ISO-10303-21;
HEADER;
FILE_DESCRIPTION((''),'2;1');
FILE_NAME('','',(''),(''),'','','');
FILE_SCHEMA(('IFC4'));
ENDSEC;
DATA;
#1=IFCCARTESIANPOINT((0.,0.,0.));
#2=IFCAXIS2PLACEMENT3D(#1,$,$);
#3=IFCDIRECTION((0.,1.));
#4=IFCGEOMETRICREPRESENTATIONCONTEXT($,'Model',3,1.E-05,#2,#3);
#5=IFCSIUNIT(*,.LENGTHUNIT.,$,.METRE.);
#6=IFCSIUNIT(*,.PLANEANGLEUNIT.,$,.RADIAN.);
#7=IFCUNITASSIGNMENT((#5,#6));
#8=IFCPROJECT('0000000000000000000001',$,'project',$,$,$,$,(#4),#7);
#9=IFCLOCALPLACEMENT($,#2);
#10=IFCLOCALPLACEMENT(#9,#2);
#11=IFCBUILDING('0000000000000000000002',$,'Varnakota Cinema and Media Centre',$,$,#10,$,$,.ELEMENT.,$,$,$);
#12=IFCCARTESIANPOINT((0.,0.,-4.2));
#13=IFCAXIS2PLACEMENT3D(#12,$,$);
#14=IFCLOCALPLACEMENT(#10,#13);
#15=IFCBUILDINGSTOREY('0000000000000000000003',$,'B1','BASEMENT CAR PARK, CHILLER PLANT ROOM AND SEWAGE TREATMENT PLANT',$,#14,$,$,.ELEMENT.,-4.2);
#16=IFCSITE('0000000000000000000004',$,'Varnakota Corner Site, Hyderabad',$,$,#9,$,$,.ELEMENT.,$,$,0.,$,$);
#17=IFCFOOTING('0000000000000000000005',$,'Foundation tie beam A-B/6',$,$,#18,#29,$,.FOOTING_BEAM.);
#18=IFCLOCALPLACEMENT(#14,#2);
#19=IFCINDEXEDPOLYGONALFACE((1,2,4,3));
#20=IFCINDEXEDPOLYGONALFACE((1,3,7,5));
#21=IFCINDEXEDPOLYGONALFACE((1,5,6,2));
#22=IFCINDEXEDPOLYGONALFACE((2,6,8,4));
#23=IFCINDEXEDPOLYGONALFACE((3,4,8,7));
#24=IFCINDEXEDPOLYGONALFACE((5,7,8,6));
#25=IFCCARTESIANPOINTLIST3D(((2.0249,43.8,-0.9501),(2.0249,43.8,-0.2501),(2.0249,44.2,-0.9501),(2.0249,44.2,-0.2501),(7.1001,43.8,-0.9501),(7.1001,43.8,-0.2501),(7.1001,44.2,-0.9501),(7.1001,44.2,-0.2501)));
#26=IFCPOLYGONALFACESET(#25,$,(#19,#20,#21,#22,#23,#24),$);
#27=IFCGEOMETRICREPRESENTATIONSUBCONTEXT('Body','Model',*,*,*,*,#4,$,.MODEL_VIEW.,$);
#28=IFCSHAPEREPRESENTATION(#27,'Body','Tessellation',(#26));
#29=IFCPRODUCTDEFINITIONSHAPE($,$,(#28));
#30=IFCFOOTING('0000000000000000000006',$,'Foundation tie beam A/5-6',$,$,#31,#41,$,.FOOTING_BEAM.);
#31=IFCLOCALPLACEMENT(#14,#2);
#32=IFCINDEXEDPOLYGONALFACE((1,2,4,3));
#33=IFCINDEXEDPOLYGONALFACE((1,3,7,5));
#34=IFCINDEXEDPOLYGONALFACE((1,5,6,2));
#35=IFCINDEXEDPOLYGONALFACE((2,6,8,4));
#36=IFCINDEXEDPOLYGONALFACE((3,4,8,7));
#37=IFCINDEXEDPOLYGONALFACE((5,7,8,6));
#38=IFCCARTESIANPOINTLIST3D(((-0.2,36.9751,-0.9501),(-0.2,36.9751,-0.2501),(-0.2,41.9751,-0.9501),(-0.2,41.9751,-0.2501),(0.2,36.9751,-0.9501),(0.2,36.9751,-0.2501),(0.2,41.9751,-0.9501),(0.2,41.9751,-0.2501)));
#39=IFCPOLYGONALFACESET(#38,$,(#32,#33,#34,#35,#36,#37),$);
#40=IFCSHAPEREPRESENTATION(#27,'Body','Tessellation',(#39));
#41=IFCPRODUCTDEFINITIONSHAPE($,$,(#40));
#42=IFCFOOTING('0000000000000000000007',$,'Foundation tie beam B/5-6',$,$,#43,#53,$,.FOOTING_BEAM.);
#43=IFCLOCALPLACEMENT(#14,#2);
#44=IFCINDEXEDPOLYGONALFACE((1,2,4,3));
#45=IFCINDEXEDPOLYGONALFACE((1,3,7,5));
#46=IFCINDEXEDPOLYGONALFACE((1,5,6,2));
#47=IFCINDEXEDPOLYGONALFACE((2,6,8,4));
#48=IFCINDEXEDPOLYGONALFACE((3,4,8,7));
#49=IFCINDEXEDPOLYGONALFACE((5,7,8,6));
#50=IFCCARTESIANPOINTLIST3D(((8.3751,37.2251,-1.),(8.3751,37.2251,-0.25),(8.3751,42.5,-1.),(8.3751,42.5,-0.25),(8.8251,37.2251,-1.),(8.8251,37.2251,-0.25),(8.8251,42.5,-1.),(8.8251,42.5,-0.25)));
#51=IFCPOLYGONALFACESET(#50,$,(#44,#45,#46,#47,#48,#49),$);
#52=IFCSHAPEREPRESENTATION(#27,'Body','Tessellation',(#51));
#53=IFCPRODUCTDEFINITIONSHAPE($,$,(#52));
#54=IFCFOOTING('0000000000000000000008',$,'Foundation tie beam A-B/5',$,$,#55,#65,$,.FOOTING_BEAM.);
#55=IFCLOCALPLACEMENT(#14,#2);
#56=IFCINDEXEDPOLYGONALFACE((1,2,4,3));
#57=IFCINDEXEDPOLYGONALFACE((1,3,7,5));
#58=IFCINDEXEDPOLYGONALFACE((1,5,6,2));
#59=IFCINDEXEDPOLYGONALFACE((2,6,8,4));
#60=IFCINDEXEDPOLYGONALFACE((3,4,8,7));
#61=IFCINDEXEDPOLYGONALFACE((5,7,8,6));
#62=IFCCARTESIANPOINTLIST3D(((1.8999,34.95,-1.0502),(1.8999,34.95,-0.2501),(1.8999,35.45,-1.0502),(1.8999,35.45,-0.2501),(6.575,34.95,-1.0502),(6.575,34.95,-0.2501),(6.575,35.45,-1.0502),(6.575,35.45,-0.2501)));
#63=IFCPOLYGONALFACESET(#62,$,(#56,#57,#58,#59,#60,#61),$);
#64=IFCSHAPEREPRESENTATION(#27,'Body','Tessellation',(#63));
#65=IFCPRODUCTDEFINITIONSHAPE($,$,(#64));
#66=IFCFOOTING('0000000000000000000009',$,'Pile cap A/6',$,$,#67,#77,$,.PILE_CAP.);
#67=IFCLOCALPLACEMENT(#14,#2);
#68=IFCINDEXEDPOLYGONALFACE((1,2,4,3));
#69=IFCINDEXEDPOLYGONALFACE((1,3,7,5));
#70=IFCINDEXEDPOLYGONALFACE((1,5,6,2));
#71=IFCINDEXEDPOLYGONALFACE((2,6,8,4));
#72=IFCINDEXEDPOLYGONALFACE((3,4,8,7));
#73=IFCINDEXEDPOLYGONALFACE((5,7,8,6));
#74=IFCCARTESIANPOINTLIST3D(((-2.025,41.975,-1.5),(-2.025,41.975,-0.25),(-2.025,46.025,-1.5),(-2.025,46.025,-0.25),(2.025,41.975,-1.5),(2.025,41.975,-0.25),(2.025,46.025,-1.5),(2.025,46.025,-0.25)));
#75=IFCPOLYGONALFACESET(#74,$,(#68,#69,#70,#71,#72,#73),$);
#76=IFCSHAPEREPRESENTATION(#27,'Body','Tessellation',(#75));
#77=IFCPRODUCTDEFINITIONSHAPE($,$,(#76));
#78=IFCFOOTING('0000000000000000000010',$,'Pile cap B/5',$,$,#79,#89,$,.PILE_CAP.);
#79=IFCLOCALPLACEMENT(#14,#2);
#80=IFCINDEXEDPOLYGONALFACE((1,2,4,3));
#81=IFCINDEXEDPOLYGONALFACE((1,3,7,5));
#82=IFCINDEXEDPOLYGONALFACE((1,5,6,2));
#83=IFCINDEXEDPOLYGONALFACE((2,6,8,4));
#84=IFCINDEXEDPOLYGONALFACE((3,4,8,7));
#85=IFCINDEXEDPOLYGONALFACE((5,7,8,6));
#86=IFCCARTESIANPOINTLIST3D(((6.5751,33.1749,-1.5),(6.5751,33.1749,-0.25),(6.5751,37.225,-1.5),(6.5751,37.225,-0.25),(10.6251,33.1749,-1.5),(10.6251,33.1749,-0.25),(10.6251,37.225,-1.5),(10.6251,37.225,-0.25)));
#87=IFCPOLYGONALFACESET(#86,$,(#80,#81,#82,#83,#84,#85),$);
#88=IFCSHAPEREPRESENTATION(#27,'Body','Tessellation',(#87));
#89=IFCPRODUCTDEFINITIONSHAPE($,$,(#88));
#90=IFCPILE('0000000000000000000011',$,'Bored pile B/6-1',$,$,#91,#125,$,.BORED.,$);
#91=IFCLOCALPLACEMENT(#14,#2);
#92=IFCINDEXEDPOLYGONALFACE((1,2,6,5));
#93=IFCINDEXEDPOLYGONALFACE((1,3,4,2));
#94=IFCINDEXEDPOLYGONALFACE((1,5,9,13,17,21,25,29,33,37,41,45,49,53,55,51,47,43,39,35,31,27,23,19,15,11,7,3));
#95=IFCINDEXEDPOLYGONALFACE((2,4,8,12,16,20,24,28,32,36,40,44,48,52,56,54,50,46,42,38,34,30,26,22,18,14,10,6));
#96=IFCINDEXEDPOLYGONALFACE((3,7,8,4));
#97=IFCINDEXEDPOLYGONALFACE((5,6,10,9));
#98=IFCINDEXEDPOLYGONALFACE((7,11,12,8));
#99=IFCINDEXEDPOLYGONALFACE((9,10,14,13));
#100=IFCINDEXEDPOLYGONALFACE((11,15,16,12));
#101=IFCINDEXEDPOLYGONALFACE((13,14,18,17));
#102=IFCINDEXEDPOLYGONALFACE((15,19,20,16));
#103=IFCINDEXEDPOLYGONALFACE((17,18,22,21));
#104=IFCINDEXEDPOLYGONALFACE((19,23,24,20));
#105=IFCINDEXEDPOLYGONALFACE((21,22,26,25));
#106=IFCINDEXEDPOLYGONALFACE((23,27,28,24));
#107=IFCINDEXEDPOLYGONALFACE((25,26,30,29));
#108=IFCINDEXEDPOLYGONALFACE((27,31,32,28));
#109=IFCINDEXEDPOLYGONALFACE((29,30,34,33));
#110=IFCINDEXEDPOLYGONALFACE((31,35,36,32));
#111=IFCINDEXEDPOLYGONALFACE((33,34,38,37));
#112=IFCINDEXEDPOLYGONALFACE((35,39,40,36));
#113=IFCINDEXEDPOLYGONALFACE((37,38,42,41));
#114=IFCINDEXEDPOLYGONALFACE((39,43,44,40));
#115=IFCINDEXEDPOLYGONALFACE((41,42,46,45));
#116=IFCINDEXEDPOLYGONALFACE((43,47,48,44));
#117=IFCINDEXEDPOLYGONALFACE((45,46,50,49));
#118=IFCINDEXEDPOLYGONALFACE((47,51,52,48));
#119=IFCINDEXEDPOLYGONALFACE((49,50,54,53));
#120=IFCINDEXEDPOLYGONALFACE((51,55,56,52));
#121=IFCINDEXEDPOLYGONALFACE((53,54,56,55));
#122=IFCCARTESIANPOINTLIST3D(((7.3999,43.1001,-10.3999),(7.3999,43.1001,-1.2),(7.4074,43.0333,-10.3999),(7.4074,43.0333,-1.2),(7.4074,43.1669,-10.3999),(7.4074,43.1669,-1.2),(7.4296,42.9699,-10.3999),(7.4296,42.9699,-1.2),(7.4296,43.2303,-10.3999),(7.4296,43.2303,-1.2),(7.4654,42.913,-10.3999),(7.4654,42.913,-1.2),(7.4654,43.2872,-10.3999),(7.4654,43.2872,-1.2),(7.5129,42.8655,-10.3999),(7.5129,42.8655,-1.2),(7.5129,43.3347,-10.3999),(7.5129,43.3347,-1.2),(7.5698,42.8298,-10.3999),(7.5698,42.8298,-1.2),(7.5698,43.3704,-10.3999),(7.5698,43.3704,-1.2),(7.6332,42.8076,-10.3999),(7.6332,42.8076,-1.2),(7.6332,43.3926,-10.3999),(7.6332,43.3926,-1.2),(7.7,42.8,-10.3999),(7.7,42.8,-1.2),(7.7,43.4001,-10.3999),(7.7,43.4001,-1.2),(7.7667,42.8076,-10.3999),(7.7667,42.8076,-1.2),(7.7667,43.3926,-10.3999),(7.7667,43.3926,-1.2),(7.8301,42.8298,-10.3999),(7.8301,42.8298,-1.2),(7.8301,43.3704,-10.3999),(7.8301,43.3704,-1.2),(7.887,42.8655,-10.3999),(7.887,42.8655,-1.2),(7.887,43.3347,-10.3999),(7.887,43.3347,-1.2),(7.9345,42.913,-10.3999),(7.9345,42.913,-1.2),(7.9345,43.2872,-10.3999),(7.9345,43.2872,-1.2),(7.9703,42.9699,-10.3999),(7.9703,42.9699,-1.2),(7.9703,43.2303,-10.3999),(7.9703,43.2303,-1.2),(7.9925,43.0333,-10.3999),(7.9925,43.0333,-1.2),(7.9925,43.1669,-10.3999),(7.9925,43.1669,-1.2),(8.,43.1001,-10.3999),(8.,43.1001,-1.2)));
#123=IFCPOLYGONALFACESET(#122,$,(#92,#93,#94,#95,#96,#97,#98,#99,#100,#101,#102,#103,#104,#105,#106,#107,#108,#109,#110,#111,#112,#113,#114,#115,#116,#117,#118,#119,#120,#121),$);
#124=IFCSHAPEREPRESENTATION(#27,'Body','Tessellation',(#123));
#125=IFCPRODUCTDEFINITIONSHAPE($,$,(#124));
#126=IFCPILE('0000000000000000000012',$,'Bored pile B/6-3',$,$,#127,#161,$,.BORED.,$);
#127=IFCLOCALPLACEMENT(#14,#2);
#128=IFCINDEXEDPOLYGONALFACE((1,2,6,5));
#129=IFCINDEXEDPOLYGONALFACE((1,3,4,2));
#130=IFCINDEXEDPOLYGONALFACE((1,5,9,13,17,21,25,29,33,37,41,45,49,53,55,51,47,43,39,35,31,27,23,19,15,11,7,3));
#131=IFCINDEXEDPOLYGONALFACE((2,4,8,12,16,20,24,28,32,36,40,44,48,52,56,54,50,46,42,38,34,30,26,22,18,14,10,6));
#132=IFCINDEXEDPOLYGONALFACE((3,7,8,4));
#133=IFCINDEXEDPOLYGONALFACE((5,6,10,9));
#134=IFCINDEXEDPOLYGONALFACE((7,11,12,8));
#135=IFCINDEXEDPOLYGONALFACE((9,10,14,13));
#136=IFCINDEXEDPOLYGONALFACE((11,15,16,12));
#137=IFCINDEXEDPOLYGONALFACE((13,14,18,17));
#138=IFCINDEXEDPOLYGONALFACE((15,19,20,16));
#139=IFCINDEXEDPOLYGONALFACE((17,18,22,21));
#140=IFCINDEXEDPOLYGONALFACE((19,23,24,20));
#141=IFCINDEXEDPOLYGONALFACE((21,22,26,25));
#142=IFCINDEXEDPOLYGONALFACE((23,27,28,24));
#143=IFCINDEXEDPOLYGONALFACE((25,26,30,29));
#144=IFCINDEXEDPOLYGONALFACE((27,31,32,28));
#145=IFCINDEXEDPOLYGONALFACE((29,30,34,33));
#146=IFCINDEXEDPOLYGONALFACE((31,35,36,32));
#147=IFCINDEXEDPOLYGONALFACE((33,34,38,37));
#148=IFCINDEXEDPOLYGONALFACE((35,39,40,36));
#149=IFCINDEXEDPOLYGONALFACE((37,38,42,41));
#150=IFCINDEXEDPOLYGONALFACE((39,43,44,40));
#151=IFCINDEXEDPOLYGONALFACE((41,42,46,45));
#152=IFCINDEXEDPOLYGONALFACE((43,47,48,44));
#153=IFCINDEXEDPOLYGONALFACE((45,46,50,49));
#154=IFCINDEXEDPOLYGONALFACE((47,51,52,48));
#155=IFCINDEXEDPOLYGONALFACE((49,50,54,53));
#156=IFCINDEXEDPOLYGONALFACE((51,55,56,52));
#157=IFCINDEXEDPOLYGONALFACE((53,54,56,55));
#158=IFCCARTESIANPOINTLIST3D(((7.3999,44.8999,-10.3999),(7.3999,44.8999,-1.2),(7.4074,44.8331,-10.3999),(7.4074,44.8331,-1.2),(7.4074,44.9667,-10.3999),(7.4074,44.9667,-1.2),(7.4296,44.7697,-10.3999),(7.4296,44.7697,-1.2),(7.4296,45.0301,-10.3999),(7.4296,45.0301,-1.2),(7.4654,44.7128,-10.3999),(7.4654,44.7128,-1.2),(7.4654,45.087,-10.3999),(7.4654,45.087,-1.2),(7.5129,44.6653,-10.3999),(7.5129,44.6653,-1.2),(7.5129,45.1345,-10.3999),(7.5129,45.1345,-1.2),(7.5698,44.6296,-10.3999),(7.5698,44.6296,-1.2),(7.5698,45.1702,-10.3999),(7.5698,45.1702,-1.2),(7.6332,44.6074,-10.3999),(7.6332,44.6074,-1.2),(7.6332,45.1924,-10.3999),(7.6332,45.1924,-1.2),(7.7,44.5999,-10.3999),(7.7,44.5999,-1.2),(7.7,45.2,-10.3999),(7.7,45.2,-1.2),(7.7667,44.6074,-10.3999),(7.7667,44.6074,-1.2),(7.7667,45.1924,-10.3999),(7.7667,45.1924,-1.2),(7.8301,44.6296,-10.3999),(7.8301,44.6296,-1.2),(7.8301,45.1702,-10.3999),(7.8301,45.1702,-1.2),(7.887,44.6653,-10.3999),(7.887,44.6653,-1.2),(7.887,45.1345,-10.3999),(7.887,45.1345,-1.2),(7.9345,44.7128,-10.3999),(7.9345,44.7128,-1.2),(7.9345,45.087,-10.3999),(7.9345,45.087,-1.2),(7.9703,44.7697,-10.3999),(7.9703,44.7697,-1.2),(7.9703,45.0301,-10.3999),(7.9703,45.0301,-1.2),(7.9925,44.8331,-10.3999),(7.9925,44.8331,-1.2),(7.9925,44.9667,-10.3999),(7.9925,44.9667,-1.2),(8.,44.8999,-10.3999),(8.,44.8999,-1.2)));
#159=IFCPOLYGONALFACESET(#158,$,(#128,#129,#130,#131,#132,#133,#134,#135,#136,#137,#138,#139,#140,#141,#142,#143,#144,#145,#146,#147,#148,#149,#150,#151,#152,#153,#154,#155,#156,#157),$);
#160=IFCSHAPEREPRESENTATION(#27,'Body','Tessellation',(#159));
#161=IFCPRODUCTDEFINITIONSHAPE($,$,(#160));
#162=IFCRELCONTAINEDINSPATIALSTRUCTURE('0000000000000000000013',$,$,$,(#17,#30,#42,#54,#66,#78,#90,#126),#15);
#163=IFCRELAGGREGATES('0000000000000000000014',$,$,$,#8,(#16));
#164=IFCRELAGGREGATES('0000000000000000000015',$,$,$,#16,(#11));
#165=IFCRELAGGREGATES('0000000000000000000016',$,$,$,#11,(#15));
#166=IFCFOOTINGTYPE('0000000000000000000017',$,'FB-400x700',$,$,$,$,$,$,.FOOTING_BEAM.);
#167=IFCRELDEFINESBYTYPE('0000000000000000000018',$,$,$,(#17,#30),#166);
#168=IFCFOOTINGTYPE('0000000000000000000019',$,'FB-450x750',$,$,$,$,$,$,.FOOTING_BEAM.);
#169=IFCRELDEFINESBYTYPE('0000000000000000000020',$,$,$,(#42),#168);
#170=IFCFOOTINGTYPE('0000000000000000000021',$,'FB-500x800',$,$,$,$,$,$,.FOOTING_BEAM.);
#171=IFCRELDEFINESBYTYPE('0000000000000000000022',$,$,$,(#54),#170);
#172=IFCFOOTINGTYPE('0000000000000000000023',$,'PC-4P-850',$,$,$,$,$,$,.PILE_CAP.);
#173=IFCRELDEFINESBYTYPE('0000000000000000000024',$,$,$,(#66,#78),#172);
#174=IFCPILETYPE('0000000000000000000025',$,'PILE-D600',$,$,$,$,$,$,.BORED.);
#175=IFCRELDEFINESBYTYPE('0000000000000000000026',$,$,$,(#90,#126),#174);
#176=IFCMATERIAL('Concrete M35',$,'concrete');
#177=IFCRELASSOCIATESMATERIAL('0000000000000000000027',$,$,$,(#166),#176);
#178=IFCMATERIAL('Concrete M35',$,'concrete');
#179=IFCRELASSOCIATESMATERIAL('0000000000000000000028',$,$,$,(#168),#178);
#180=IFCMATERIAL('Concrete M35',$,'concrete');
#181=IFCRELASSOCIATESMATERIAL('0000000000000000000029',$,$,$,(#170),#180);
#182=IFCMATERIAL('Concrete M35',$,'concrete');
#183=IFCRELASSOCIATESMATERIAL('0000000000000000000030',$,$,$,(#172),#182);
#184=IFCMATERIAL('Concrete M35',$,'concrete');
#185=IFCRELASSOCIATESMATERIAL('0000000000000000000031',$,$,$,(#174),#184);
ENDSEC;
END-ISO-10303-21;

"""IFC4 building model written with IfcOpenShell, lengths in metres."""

from ifc_helpers import new_model, si_unit, direction, frame, origin, origin_2d, place, context, subcontext, project, spatial, rectangle, circle, extrude, material, material_profile, profile_set, type_object, element, save


model = new_model("IFC4")

# Units and contexts
model_context = context("Model", 3, precision=1e-05, world=origin(), true_north=direction((0.0, 1.0)))
body_context = subcontext(model_context, "Body", "Model", "MODEL_VIEW")
ifc_project = project(units=[si_unit("LENGTHUNIT", "METRE"), si_unit("PLANEANGLEUNIT", "RADIAN")], contexts=[model_context])

# Site, building, storey
site_placement = place(None, origin())
site = spatial("IfcSite", under=ifc_project, at=site_placement, Name="Varnakota Corner Site, Hyderabad", CompositionType="ELEMENT", RefElevation=0.0)
building_placement = place(site_placement, origin())
building = spatial("IfcBuilding", under=site, at=building_placement, Name="Varnakota Cinema and Media Centre", CompositionType="ELEMENT")
storey_placement = place(building_placement, frame((0.0, 0.0, -4.2)))
storey = spatial("IfcBuildingStorey", under=building, at=storey_placement, Name="B1", Description="BASEMENT CAR PARK, CHILLER PLANT ROOM AND SEWAGE TREATMENT PLANT", CompositionType="ELEMENT", Elevation=-4.2)

# Footings
ifc_material_1 = material(Name="Concrete M35", Category="concrete")
ifc_material_profile_1 = material_profile(ifc_material_1, rectangle(XDim=0.3999, YDim=0.7, at=origin_2d()), Name="FB 400x700")
ifc_profile_set_1 = profile_set([ifc_material_profile_1], Name="Concrete M35")
footing_type_1 = type_object("IfcFootingType", Name="FB-400x700", PredefinedType="FOOTING_BEAM", material=ifc_profile_set_1)
footing_1_placement = place(storey_placement, frame((2.0249, 44.0, -0.6001), z_axis=(1.0, 0.0, 0.0), x_axis=(0.0, 1.0, 0.0)))
element("IfcFooting", 1, at=footing_1_placement, inside=storey, type_object=footing_type_1, Name="Foundation tie beam A-B/6", PredefinedType="FOOTING_BEAM", context=body_context, shape_type="SweptSolid", body=[
    extrude(rectangle(XDim=0.3999, YDim=0.7, at=origin_2d()), origin(), (0.0, 0.0, 1.0), 5.0752),
])
footing_2_placement = place(storey_placement, frame((0.0, 36.9751, -0.6001), z_axis=(0.0, 1.0, 0.0), x_axis=(-1.0, 0.0, 0.0)))
element("IfcFooting", 2, at=footing_2_placement, inside=storey, type_object=footing_type_1, Name="Foundation tie beam A/5-6", PredefinedType="FOOTING_BEAM", context=body_context, shape_type="SweptSolid", body=[
    extrude(rectangle(XDim=0.3999, YDim=0.7, at=origin_2d()), origin(), (0.0, 0.0, 1.0), 5.0),
])
ifc_material_2 = material(Name="Concrete M35", Category="concrete")
ifc_material_profile_2 = material_profile(ifc_material_2, rectangle(XDim=0.45, YDim=0.75, at=origin_2d()), Name="FB 450x750")
ifc_profile_set_2 = profile_set([ifc_material_profile_2], Name="Concrete M35")
footing_type_2 = type_object("IfcFootingType", Name="FB-450x750", PredefinedType="FOOTING_BEAM", material=ifc_profile_set_2)
footing_3_placement = place(storey_placement, frame((8.6001, 37.2251, -0.625), z_axis=(0.0, 1.0, 0.0), x_axis=(-1.0, 0.0, 0.0)))
element("IfcFooting", 3, at=footing_3_placement, inside=storey, type_object=footing_type_2, Name="Foundation tie beam B/5-6", PredefinedType="FOOTING_BEAM", context=body_context, shape_type="SweptSolid", body=[
    extrude(rectangle(XDim=0.45, YDim=0.75, at=origin_2d()), origin(), (0.0, 0.0, 1.0), 5.2749),
])
ifc_material_3 = material(Name="Concrete M35", Category="concrete")
ifc_material_profile_3 = material_profile(ifc_material_3, rectangle(XDim=0.5, YDim=0.8, at=origin_2d()), Name="FB 500x800")
ifc_profile_set_3 = profile_set([ifc_material_profile_3], Name="Concrete M35")
footing_type_3 = type_object("IfcFootingType", Name="FB-500x800", PredefinedType="FOOTING_BEAM", material=ifc_profile_set_3)
footing_4_placement = place(storey_placement, frame((1.8999, 35.2, -0.6501), z_axis=(1.0, 0.0, 0.0), x_axis=(0.0, 1.0, 0.0)))
element("IfcFooting", 4, at=footing_4_placement, inside=storey, type_object=footing_type_3, Name="Foundation tie beam A-B/5", PredefinedType="FOOTING_BEAM", context=body_context, shape_type="SweptSolid", body=[
    extrude(rectangle(XDim=0.5, YDim=0.8, at=origin_2d()), origin(), (0.0, 0.0, 1.0), 4.675),
])
ifc_material_4 = material(Name="Concrete M35", Category="concrete")
footing_type_4 = type_object("IfcFootingType", Name="PC-4P-850", PredefinedType="PILE_CAP", material=ifc_material_4)
for number, where, z_axis, x_axis, name in (
    (5, (0.0, 44.0, -1.5), (0.0, 0.0, 1.0), (1.0, 0.0, 0.0), "Pile cap A/6"),
    (6, (8.6001, 35.2, -1.5), (0.0, 0.0, 1.0), (1.0, 0.0, 0.0), "Pile cap B/5"),
):
    element("IfcFooting", number, at=place(storey_placement, frame(where, z_axis=z_axis, x_axis=x_axis)), inside=storey, type_object=footing_type_4, Name=name, PredefinedType="PILE_CAP", context=body_context, shape_type="SweptSolid", body=[
        extrude(rectangle(XDim=4.05, YDim=4.05, at=origin_2d()), origin(), (0.0, 0.0, 1.0), 1.25),
    ])

# Piles
ifc_material_5 = material(Name="Concrete M35", Category="concrete")
ifc_material_profile_4 = material_profile(ifc_material_5, circle(Radius=0.3, at=origin_2d()), Name="PILE D600")
ifc_profile_set_4 = profile_set([ifc_material_profile_4], Name="Concrete M35")
pile_type_1 = type_object("IfcPileType", Name="PILE-D600", PredefinedType="BORED", material=ifc_profile_set_4)
for number, where, z_axis, x_axis, name in (
    (7, (7.7, 43.1001, -1.2), (0.0, 0.0, -1.0), (1.0, 0.0, 0.0), "Bored pile B/6-1"),
    (8, (7.7, 44.8999, -1.2), (0.0, 0.0, -1.0), (1.0, 0.0, 0.0), "Bored pile B/6-3"),
):
    element("IfcPile", number, at=place(storey_placement, frame(where, z_axis=z_axis, x_axis=x_axis)), inside=storey, type_object=pile_type_1, Name=name, PredefinedType="BORED", context=body_context, shape_type="SweptSolid", body=[
        extrude(circle(Radius=0.3, at=origin_2d()), origin(), (0.0, 0.0, 1.0), 9.2),
    ])

save(model, "model.ifc")
